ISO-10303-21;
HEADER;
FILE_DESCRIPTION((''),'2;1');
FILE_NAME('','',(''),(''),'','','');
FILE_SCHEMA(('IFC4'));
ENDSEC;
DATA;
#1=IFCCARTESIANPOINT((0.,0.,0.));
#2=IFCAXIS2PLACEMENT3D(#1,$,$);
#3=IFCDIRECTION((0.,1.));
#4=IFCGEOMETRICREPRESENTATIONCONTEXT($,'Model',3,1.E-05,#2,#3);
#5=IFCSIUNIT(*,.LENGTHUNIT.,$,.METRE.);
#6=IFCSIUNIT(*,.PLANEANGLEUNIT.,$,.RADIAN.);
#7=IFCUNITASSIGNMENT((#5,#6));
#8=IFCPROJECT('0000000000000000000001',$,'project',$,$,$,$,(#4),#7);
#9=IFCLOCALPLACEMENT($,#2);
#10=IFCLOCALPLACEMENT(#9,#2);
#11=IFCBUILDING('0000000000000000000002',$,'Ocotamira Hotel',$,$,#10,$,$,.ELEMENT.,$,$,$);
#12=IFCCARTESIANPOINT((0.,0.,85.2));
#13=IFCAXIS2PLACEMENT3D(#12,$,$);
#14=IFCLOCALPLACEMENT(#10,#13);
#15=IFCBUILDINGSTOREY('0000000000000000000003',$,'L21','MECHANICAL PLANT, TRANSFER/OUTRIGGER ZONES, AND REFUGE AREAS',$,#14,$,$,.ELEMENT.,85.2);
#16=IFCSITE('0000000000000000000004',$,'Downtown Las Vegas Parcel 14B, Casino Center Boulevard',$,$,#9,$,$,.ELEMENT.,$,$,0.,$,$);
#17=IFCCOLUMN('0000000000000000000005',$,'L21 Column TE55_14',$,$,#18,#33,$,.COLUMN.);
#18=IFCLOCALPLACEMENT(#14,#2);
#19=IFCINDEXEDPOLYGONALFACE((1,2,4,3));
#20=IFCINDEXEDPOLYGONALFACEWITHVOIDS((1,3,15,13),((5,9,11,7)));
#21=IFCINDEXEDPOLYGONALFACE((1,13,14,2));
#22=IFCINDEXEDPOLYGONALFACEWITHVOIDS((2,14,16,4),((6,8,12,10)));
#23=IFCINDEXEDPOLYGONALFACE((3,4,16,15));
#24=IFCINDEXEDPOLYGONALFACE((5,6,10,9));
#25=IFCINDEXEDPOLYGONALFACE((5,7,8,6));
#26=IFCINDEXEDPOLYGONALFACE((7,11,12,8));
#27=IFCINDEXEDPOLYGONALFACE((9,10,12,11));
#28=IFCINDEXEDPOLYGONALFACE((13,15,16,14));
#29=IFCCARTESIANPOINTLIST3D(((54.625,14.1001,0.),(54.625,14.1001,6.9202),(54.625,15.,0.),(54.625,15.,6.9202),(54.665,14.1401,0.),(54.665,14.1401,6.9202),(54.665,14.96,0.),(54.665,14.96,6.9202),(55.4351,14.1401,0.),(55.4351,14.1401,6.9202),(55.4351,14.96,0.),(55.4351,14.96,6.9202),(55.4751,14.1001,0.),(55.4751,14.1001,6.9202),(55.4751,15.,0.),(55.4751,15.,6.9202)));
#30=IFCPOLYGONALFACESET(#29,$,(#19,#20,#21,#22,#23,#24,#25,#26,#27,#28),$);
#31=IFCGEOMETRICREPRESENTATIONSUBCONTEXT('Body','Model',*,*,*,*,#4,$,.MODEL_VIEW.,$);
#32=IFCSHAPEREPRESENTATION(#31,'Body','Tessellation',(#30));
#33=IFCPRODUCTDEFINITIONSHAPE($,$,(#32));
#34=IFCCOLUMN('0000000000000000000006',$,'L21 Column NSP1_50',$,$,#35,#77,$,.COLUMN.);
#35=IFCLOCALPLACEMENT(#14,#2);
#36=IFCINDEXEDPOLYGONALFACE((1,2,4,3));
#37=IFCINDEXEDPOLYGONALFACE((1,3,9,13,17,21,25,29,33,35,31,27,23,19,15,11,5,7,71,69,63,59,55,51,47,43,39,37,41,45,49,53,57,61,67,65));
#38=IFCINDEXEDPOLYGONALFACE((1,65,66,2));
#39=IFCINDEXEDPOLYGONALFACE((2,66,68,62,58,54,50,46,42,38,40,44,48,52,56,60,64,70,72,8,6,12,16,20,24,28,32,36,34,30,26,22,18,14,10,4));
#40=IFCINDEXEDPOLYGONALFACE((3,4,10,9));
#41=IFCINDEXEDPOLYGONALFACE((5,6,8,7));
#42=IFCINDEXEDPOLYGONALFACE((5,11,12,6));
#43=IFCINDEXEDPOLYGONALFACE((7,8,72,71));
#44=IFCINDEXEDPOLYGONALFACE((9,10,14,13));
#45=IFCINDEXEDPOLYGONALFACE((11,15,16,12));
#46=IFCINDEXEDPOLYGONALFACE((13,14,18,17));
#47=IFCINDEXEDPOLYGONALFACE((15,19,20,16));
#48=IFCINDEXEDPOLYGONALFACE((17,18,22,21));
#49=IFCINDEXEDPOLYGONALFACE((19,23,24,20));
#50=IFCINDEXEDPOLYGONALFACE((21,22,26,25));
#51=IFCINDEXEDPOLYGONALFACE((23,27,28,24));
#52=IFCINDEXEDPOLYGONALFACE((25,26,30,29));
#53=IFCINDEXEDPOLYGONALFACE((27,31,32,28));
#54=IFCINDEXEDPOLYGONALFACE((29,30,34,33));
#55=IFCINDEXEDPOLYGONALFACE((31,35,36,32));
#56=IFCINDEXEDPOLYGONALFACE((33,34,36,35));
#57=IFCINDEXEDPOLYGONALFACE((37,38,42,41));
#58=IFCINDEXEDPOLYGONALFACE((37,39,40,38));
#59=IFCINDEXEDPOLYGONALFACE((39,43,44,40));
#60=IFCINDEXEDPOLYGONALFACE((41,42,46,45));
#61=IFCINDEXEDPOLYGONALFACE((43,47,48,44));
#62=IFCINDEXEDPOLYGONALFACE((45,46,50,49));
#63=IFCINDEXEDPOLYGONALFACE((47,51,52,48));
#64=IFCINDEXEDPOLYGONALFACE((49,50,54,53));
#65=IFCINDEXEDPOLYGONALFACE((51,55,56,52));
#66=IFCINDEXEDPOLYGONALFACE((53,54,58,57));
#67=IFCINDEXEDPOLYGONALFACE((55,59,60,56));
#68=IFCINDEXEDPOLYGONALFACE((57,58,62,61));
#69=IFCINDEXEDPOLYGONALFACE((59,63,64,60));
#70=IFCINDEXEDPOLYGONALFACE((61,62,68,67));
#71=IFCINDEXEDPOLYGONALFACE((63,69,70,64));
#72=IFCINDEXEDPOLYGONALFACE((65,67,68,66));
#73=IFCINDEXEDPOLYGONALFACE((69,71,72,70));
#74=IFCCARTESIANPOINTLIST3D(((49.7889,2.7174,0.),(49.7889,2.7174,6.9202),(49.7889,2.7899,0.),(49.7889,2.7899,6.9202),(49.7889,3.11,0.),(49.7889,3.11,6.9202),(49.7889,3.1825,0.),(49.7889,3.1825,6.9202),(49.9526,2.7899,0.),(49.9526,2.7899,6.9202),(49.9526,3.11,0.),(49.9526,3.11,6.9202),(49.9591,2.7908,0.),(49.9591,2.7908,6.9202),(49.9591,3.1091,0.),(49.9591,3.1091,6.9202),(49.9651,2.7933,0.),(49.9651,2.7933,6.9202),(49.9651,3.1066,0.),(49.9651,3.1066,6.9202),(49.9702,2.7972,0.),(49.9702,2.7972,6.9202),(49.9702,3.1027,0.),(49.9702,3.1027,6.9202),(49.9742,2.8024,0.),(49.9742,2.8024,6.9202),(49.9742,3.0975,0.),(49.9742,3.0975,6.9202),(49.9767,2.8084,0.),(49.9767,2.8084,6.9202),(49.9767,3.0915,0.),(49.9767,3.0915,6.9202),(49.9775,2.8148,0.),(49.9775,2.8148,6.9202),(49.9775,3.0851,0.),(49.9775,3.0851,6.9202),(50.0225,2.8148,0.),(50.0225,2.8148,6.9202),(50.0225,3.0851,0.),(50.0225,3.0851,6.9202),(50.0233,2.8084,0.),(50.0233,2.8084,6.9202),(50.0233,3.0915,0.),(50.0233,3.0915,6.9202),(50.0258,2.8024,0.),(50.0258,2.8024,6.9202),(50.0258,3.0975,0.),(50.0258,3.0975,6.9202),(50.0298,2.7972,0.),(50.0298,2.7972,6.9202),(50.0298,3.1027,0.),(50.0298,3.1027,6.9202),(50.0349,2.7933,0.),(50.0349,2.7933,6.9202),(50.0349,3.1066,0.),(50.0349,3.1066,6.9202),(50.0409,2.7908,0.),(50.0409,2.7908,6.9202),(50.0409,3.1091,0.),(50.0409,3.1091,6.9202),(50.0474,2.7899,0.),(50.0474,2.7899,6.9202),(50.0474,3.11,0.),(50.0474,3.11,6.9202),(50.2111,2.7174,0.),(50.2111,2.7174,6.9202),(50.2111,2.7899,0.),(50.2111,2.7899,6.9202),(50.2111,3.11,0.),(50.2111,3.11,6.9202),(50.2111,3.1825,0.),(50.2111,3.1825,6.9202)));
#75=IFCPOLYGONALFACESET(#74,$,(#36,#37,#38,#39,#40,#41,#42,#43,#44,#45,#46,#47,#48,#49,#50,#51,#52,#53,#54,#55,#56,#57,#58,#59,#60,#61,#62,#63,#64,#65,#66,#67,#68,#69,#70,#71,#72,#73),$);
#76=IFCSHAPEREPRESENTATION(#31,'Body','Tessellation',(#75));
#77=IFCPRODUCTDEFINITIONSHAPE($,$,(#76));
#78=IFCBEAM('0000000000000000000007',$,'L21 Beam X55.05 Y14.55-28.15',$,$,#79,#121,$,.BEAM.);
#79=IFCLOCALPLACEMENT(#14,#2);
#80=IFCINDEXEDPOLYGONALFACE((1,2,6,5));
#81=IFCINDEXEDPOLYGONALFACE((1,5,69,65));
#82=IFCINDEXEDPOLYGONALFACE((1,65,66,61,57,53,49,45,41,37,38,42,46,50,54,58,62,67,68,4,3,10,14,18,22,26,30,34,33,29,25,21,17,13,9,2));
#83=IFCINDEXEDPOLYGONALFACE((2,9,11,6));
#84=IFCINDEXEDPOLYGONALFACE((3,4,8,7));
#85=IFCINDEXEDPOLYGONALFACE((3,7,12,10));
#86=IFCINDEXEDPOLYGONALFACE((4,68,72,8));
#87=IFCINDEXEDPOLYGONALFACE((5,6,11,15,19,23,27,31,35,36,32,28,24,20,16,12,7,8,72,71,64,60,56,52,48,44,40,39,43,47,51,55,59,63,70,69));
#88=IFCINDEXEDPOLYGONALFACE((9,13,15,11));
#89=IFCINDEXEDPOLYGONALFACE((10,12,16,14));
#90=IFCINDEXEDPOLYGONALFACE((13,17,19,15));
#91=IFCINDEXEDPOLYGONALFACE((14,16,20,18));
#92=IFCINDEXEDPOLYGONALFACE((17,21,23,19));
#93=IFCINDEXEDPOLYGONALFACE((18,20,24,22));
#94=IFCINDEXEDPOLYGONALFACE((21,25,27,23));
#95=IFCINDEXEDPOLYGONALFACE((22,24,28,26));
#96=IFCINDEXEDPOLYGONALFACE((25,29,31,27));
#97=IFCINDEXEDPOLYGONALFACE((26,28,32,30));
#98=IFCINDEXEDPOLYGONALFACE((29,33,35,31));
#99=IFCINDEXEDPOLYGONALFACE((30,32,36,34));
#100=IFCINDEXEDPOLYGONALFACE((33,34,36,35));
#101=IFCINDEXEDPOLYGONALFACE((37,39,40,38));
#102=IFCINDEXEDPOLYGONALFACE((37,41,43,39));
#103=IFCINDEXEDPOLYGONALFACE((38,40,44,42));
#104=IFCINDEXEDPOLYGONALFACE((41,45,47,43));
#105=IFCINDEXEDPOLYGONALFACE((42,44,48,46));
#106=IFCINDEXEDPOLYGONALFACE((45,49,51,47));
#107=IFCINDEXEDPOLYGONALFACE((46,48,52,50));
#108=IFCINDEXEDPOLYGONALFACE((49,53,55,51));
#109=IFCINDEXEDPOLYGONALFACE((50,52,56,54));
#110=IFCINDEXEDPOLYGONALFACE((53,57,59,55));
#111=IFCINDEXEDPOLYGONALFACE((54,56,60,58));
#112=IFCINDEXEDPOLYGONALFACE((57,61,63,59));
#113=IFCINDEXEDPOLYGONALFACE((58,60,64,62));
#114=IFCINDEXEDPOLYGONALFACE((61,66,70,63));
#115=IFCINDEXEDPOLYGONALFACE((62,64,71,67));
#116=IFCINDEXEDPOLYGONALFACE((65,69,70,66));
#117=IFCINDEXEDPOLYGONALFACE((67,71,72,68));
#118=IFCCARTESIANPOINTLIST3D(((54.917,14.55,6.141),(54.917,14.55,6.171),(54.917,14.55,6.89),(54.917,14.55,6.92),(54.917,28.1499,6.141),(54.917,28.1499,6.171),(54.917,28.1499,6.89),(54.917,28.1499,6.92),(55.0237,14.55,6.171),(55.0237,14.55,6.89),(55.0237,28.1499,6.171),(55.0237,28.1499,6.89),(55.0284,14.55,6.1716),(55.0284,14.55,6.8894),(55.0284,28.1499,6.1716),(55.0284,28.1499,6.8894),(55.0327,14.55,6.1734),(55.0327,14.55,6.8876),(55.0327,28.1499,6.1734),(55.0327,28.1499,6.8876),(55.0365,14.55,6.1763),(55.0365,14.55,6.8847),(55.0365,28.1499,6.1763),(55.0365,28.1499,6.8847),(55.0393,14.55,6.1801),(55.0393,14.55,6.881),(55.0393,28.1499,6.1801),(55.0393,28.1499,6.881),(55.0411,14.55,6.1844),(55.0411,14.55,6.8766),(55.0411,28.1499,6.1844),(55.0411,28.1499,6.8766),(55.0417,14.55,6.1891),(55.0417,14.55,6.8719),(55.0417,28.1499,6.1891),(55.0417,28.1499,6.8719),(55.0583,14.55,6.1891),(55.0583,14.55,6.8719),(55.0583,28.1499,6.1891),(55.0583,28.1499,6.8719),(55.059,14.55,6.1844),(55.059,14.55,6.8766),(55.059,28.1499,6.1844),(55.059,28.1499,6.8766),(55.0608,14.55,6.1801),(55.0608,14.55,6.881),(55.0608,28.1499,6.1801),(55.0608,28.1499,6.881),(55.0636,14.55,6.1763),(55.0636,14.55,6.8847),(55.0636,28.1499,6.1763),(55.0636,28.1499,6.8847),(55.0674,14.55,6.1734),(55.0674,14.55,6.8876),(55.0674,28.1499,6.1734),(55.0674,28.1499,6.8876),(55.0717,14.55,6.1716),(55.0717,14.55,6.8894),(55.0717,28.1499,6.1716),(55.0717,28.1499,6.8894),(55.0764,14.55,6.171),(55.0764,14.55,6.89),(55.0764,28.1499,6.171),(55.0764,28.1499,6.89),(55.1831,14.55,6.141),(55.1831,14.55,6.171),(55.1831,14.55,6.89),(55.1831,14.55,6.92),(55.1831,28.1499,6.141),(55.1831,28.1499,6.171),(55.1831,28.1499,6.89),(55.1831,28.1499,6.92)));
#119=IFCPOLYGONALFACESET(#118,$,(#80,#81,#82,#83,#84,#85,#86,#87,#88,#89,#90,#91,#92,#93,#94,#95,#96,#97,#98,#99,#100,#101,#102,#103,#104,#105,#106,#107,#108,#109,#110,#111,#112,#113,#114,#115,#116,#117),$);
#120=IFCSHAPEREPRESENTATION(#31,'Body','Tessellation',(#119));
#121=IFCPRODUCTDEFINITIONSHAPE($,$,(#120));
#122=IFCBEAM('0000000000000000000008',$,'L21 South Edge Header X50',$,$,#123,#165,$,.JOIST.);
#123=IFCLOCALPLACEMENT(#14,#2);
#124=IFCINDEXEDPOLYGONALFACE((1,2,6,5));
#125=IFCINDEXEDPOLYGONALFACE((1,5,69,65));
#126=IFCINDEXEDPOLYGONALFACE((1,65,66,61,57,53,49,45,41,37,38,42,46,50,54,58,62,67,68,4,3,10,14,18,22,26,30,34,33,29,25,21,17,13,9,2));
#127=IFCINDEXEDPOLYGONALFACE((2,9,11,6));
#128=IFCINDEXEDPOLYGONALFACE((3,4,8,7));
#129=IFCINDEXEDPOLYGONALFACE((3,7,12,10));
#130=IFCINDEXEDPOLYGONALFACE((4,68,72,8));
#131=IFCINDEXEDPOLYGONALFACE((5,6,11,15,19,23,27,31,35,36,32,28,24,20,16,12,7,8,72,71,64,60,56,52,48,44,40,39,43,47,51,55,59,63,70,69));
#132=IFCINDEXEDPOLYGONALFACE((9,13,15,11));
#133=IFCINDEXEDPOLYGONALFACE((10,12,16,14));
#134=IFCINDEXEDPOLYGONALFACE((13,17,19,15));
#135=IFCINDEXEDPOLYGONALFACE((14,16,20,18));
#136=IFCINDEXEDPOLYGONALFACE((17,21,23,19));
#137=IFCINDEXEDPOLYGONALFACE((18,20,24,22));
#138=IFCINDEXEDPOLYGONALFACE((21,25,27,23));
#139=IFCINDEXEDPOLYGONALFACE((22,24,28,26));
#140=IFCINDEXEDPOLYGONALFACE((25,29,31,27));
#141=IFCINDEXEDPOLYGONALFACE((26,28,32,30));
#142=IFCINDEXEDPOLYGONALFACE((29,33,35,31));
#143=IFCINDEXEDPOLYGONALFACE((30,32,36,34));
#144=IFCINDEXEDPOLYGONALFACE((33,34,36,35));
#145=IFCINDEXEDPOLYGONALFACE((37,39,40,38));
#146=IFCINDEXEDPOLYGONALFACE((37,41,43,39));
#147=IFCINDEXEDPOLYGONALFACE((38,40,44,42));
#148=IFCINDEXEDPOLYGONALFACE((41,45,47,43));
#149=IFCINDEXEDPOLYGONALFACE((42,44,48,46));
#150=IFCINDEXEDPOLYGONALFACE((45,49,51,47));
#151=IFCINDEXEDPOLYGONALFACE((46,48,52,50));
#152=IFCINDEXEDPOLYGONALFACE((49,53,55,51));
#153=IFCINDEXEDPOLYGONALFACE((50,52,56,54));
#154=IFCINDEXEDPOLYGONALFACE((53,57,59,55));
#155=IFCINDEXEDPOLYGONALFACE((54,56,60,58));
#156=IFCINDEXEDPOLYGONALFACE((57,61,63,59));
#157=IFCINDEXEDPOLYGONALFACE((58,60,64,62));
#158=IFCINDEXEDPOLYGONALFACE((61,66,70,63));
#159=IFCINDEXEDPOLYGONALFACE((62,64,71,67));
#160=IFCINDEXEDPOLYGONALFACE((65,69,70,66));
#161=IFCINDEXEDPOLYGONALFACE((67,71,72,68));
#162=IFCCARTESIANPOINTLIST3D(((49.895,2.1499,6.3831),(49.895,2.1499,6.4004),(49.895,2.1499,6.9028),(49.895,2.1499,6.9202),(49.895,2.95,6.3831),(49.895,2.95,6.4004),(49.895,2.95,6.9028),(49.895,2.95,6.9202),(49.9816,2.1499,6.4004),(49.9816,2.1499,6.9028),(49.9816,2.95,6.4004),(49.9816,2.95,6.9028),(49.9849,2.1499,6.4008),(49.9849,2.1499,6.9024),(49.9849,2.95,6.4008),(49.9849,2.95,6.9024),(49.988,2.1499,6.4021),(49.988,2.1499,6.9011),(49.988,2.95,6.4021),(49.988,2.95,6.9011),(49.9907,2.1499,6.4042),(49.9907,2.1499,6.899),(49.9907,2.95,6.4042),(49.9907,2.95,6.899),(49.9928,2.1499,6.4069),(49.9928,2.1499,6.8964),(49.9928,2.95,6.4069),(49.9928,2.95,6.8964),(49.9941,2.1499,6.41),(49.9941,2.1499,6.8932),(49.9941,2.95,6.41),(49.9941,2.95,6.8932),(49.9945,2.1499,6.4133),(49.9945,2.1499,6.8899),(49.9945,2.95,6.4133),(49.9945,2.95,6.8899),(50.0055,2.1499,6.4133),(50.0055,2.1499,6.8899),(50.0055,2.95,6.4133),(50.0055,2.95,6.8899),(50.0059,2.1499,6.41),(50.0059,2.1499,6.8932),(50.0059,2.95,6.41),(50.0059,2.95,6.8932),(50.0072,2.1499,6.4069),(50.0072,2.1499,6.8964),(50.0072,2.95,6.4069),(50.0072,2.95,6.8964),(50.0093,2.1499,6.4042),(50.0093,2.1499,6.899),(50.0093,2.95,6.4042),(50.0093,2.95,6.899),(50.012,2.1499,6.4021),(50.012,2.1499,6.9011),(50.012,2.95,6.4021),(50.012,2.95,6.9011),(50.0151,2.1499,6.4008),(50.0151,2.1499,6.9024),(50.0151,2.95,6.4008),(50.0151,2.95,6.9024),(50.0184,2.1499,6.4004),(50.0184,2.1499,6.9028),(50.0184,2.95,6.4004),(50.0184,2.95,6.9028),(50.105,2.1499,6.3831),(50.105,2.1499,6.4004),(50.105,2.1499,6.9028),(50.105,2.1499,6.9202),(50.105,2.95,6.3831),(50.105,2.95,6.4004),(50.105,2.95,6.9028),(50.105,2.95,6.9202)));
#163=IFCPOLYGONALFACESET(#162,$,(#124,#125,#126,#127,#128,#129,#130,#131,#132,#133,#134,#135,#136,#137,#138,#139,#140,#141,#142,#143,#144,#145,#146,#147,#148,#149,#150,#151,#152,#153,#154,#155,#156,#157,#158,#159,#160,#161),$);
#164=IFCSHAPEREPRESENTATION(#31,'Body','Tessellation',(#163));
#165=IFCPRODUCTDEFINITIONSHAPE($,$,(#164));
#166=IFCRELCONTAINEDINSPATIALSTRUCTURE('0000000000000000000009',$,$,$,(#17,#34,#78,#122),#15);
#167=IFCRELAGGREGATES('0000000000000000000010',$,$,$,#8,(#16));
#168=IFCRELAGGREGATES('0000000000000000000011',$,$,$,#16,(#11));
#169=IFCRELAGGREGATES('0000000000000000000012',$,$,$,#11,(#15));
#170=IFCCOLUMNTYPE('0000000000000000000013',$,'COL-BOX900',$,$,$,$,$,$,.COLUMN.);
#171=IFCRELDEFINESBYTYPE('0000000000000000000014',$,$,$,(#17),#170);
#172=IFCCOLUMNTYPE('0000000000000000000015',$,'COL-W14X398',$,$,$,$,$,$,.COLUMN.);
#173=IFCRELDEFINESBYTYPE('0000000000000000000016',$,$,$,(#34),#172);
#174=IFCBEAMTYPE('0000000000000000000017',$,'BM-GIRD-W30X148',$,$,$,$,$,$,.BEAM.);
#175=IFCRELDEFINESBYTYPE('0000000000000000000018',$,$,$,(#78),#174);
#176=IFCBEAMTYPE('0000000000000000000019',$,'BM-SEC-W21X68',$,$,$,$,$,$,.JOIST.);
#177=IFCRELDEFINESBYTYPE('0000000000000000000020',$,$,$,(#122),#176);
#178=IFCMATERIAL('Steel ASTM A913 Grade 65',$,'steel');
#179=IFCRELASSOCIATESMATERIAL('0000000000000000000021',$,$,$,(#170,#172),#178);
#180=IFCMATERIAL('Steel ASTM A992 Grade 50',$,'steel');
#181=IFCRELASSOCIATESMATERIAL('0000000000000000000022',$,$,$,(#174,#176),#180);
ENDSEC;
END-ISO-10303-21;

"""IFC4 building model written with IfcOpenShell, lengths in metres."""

from ifc_helpers import new_model, si_unit, direction, frame, origin, origin_2d, place, context, subcontext, project, spatial, hollow_rectangle, i_section, extrude, source, transform, mapped, material, material_profile, profile_set, type_object, element, save


model = new_model("IFC4")

# Units and contexts
model_context = context("Model", 3, precision=1e-05, world=origin(), true_north=direction((0.0, 1.0)))
body_context = subcontext(model_context, "Body", "Model", "MODEL_VIEW")
ifc_project = project(units=[si_unit("LENGTHUNIT", "METRE"), si_unit("PLANEANGLEUNIT", "RADIAN")], contexts=[model_context])

# Site, building, storey
site_placement = place(None, origin())
site = spatial("IfcSite", under=ifc_project, at=site_placement, Name="Downtown Las Vegas Parcel 14B, Casino Center Boulevard", CompositionType="ELEMENT", RefElevation=0.0)
building_placement = place(site_placement, origin())
building = spatial("IfcBuilding", under=site, at=building_placement, Name="Ocotamira Hotel", CompositionType="ELEMENT")
storey_placement = place(building_placement, frame((0.0, 0.0, 85.2)))
storey = spatial("IfcBuildingStorey", under=building, at=storey_placement, Name="L21", Description="MECHANICAL PLANT, TRANSFER/OUTRIGGER ZONES, AND REFUGE AREAS", CompositionType="ELEMENT", Elevation=85.2)

# Columns
ifc_material_1 = material(Name="Steel ASTM A913 Grade 65", Category="steel")
ifc_material_profile_1 = material_profile(ifc_material_1, hollow_rectangle(XDim=0.8501, YDim=0.8999, WallThickness=0.04, at=origin_2d()), Name="BOX900X850X40")
ifc_profile_set_1 = profile_set([ifc_material_profile_1], Name="Steel ASTM A913 Grade 65")
column_type_1 = type_object("IfcColumnType", Name="COL-BOX900", PredefinedType="COLUMN", material=ifc_profile_set_1)
shared_shape_1 = source(origin(), body_context, "Body", "SweptSolid", [
    extrude(hollow_rectangle(XDim=0.8501, YDim=0.8999, WallThickness=0.04, at=origin_2d()), origin(), (0.0, 0.0, 1.0), 6.9202),
])
column_1_placement = place(storey_placement, frame((55.05, 14.55, 0.0), z_axis=(0.0, 0.0, 1.0), x_axis=(1.0, 0.0, 0.0)))
element("IfcColumn", 1, at=column_1_placement, inside=storey, type_object=column_type_1, Name="L21 Column TE55_14", PredefinedType="COLUMN", context=body_context, shape_type="MappedRepresentation", body=[
    mapped(shared_shape_1, transform((0.0, 0.0, 0.0), scale=1.0)),
])
ifc_material_profile_2 = material_profile(ifc_material_1, i_section(OverallWidth=0.4221, OverallDepth=0.4651, WebThickness=0.0449, FlangeThickness=0.0725, FilletRadius=0.0249, at=origin_2d()), Name="W14X398")
ifc_profile_set_2 = profile_set([ifc_material_profile_2], Name="Steel ASTM A913 Grade 65")
column_type_2 = type_object("IfcColumnType", Name="COL-W14X398", PredefinedType="COLUMN", material=ifc_profile_set_2)
shared_shape_2 = source(origin(), body_context, "Body", "SweptSolid", [
    extrude(i_section(OverallWidth=0.4221, OverallDepth=0.4651, WebThickness=0.0449, FlangeThickness=0.0725, FilletRadius=0.0249, at=origin_2d()), origin(), (0.0, 0.0, 1.0), 6.9202),
])
column_2_placement = place(storey_placement, frame((50.0, 2.95, 0.0), z_axis=(0.0, 0.0, 1.0), x_axis=(1.0, 0.0, 0.0)))
element("IfcColumn", 2, at=column_2_placement, inside=storey, type_object=column_type_2, Name="L21 Column NSP1_50", PredefinedType="COLUMN", context=body_context, shape_type="MappedRepresentation", body=[
    mapped(shared_shape_2, transform((0.0, 0.0, 0.0), scale=1.0)),
])

# Beams
ifc_material_2 = material(Name="Steel ASTM A992 Grade 50", Category="steel")
ifc_material_profile_3 = material_profile(ifc_material_2, i_section(OverallWidth=0.2661, OverallDepth=0.7791, WebThickness=0.0166, FlangeThickness=0.03, FilletRadius=0.0181, at=origin_2d()), Name="W30X148")
ifc_profile_set_3 = profile_set([ifc_material_profile_3], Name="Steel ASTM A992 Grade 50")
beam_type_1 = type_object("IfcBeamType", Name="BM-GIRD-W30X148", PredefinedType="BEAM", material=ifc_profile_set_3)
shared_shape_3 = source(origin(), body_context, "Body", "SweptSolid", [
    extrude(i_section(OverallWidth=0.2661, OverallDepth=0.7791, WebThickness=0.0166, FlangeThickness=0.03, FilletRadius=0.0181, at=origin_2d()), origin(), (0.0, 0.0, 1.0), 13.5999),
])
beam_1_placement = place(storey_placement, frame((55.05, 14.55, 6.5305), z_axis=(0.0, 1.0, 0.0), x_axis=(-1.0, 0.0, 0.0)))
element("IfcBeam", 3, at=beam_1_placement, inside=storey, type_object=beam_type_1, Name="L21 Beam X55.05 Y14.55-28.15", PredefinedType="BEAM", context=body_context, shape_type="MappedRepresentation", body=[
    mapped(shared_shape_3, transform((0.0, 0.0, 0.0), scale=1.0)),
])
ifc_material_profile_4 = material_profile(ifc_material_2, i_section(OverallWidth=0.21, OverallDepth=0.5371, WebThickness=0.011, FlangeThickness=0.0173, FilletRadius=0.0129, at=origin_2d()), Name="W21X68")
ifc_profile_set_4 = profile_set([ifc_material_profile_4], Name="Steel ASTM A992 Grade 50")
beam_type_2 = type_object("IfcBeamType", Name="BM-SEC-W21X68", PredefinedType="JOIST", material=ifc_profile_set_4)
shared_shape_4 = source(origin(), body_context, "Body", "SweptSolid", [
    extrude(i_section(OverallWidth=0.21, OverallDepth=0.5371, WebThickness=0.011, FlangeThickness=0.0173, FilletRadius=0.0129, at=origin_2d()), origin(), (0.0, 0.0, 1.0), 0.8),
])
for number, where, z_axis, x_axis, name in (
    (4, (50.0, 2.95, 6.6516), (0.0, -1.0, 0.0), (1.0, 0.0, 0.0), "L21 South Edge Header X50"),
):
    element("IfcBeam", number, at=place(storey_placement, frame(where, z_axis=z_axis, x_axis=x_axis)), inside=storey, type_object=beam_type_2, Name=name, PredefinedType="JOIST", context=body_context, shape_type="MappedRepresentation", body=[
        mapped(shared_shape_4, transform((0.0, 0.0, 0.0), scale=1.0)),
    ])

save(model, "model.ifc")
